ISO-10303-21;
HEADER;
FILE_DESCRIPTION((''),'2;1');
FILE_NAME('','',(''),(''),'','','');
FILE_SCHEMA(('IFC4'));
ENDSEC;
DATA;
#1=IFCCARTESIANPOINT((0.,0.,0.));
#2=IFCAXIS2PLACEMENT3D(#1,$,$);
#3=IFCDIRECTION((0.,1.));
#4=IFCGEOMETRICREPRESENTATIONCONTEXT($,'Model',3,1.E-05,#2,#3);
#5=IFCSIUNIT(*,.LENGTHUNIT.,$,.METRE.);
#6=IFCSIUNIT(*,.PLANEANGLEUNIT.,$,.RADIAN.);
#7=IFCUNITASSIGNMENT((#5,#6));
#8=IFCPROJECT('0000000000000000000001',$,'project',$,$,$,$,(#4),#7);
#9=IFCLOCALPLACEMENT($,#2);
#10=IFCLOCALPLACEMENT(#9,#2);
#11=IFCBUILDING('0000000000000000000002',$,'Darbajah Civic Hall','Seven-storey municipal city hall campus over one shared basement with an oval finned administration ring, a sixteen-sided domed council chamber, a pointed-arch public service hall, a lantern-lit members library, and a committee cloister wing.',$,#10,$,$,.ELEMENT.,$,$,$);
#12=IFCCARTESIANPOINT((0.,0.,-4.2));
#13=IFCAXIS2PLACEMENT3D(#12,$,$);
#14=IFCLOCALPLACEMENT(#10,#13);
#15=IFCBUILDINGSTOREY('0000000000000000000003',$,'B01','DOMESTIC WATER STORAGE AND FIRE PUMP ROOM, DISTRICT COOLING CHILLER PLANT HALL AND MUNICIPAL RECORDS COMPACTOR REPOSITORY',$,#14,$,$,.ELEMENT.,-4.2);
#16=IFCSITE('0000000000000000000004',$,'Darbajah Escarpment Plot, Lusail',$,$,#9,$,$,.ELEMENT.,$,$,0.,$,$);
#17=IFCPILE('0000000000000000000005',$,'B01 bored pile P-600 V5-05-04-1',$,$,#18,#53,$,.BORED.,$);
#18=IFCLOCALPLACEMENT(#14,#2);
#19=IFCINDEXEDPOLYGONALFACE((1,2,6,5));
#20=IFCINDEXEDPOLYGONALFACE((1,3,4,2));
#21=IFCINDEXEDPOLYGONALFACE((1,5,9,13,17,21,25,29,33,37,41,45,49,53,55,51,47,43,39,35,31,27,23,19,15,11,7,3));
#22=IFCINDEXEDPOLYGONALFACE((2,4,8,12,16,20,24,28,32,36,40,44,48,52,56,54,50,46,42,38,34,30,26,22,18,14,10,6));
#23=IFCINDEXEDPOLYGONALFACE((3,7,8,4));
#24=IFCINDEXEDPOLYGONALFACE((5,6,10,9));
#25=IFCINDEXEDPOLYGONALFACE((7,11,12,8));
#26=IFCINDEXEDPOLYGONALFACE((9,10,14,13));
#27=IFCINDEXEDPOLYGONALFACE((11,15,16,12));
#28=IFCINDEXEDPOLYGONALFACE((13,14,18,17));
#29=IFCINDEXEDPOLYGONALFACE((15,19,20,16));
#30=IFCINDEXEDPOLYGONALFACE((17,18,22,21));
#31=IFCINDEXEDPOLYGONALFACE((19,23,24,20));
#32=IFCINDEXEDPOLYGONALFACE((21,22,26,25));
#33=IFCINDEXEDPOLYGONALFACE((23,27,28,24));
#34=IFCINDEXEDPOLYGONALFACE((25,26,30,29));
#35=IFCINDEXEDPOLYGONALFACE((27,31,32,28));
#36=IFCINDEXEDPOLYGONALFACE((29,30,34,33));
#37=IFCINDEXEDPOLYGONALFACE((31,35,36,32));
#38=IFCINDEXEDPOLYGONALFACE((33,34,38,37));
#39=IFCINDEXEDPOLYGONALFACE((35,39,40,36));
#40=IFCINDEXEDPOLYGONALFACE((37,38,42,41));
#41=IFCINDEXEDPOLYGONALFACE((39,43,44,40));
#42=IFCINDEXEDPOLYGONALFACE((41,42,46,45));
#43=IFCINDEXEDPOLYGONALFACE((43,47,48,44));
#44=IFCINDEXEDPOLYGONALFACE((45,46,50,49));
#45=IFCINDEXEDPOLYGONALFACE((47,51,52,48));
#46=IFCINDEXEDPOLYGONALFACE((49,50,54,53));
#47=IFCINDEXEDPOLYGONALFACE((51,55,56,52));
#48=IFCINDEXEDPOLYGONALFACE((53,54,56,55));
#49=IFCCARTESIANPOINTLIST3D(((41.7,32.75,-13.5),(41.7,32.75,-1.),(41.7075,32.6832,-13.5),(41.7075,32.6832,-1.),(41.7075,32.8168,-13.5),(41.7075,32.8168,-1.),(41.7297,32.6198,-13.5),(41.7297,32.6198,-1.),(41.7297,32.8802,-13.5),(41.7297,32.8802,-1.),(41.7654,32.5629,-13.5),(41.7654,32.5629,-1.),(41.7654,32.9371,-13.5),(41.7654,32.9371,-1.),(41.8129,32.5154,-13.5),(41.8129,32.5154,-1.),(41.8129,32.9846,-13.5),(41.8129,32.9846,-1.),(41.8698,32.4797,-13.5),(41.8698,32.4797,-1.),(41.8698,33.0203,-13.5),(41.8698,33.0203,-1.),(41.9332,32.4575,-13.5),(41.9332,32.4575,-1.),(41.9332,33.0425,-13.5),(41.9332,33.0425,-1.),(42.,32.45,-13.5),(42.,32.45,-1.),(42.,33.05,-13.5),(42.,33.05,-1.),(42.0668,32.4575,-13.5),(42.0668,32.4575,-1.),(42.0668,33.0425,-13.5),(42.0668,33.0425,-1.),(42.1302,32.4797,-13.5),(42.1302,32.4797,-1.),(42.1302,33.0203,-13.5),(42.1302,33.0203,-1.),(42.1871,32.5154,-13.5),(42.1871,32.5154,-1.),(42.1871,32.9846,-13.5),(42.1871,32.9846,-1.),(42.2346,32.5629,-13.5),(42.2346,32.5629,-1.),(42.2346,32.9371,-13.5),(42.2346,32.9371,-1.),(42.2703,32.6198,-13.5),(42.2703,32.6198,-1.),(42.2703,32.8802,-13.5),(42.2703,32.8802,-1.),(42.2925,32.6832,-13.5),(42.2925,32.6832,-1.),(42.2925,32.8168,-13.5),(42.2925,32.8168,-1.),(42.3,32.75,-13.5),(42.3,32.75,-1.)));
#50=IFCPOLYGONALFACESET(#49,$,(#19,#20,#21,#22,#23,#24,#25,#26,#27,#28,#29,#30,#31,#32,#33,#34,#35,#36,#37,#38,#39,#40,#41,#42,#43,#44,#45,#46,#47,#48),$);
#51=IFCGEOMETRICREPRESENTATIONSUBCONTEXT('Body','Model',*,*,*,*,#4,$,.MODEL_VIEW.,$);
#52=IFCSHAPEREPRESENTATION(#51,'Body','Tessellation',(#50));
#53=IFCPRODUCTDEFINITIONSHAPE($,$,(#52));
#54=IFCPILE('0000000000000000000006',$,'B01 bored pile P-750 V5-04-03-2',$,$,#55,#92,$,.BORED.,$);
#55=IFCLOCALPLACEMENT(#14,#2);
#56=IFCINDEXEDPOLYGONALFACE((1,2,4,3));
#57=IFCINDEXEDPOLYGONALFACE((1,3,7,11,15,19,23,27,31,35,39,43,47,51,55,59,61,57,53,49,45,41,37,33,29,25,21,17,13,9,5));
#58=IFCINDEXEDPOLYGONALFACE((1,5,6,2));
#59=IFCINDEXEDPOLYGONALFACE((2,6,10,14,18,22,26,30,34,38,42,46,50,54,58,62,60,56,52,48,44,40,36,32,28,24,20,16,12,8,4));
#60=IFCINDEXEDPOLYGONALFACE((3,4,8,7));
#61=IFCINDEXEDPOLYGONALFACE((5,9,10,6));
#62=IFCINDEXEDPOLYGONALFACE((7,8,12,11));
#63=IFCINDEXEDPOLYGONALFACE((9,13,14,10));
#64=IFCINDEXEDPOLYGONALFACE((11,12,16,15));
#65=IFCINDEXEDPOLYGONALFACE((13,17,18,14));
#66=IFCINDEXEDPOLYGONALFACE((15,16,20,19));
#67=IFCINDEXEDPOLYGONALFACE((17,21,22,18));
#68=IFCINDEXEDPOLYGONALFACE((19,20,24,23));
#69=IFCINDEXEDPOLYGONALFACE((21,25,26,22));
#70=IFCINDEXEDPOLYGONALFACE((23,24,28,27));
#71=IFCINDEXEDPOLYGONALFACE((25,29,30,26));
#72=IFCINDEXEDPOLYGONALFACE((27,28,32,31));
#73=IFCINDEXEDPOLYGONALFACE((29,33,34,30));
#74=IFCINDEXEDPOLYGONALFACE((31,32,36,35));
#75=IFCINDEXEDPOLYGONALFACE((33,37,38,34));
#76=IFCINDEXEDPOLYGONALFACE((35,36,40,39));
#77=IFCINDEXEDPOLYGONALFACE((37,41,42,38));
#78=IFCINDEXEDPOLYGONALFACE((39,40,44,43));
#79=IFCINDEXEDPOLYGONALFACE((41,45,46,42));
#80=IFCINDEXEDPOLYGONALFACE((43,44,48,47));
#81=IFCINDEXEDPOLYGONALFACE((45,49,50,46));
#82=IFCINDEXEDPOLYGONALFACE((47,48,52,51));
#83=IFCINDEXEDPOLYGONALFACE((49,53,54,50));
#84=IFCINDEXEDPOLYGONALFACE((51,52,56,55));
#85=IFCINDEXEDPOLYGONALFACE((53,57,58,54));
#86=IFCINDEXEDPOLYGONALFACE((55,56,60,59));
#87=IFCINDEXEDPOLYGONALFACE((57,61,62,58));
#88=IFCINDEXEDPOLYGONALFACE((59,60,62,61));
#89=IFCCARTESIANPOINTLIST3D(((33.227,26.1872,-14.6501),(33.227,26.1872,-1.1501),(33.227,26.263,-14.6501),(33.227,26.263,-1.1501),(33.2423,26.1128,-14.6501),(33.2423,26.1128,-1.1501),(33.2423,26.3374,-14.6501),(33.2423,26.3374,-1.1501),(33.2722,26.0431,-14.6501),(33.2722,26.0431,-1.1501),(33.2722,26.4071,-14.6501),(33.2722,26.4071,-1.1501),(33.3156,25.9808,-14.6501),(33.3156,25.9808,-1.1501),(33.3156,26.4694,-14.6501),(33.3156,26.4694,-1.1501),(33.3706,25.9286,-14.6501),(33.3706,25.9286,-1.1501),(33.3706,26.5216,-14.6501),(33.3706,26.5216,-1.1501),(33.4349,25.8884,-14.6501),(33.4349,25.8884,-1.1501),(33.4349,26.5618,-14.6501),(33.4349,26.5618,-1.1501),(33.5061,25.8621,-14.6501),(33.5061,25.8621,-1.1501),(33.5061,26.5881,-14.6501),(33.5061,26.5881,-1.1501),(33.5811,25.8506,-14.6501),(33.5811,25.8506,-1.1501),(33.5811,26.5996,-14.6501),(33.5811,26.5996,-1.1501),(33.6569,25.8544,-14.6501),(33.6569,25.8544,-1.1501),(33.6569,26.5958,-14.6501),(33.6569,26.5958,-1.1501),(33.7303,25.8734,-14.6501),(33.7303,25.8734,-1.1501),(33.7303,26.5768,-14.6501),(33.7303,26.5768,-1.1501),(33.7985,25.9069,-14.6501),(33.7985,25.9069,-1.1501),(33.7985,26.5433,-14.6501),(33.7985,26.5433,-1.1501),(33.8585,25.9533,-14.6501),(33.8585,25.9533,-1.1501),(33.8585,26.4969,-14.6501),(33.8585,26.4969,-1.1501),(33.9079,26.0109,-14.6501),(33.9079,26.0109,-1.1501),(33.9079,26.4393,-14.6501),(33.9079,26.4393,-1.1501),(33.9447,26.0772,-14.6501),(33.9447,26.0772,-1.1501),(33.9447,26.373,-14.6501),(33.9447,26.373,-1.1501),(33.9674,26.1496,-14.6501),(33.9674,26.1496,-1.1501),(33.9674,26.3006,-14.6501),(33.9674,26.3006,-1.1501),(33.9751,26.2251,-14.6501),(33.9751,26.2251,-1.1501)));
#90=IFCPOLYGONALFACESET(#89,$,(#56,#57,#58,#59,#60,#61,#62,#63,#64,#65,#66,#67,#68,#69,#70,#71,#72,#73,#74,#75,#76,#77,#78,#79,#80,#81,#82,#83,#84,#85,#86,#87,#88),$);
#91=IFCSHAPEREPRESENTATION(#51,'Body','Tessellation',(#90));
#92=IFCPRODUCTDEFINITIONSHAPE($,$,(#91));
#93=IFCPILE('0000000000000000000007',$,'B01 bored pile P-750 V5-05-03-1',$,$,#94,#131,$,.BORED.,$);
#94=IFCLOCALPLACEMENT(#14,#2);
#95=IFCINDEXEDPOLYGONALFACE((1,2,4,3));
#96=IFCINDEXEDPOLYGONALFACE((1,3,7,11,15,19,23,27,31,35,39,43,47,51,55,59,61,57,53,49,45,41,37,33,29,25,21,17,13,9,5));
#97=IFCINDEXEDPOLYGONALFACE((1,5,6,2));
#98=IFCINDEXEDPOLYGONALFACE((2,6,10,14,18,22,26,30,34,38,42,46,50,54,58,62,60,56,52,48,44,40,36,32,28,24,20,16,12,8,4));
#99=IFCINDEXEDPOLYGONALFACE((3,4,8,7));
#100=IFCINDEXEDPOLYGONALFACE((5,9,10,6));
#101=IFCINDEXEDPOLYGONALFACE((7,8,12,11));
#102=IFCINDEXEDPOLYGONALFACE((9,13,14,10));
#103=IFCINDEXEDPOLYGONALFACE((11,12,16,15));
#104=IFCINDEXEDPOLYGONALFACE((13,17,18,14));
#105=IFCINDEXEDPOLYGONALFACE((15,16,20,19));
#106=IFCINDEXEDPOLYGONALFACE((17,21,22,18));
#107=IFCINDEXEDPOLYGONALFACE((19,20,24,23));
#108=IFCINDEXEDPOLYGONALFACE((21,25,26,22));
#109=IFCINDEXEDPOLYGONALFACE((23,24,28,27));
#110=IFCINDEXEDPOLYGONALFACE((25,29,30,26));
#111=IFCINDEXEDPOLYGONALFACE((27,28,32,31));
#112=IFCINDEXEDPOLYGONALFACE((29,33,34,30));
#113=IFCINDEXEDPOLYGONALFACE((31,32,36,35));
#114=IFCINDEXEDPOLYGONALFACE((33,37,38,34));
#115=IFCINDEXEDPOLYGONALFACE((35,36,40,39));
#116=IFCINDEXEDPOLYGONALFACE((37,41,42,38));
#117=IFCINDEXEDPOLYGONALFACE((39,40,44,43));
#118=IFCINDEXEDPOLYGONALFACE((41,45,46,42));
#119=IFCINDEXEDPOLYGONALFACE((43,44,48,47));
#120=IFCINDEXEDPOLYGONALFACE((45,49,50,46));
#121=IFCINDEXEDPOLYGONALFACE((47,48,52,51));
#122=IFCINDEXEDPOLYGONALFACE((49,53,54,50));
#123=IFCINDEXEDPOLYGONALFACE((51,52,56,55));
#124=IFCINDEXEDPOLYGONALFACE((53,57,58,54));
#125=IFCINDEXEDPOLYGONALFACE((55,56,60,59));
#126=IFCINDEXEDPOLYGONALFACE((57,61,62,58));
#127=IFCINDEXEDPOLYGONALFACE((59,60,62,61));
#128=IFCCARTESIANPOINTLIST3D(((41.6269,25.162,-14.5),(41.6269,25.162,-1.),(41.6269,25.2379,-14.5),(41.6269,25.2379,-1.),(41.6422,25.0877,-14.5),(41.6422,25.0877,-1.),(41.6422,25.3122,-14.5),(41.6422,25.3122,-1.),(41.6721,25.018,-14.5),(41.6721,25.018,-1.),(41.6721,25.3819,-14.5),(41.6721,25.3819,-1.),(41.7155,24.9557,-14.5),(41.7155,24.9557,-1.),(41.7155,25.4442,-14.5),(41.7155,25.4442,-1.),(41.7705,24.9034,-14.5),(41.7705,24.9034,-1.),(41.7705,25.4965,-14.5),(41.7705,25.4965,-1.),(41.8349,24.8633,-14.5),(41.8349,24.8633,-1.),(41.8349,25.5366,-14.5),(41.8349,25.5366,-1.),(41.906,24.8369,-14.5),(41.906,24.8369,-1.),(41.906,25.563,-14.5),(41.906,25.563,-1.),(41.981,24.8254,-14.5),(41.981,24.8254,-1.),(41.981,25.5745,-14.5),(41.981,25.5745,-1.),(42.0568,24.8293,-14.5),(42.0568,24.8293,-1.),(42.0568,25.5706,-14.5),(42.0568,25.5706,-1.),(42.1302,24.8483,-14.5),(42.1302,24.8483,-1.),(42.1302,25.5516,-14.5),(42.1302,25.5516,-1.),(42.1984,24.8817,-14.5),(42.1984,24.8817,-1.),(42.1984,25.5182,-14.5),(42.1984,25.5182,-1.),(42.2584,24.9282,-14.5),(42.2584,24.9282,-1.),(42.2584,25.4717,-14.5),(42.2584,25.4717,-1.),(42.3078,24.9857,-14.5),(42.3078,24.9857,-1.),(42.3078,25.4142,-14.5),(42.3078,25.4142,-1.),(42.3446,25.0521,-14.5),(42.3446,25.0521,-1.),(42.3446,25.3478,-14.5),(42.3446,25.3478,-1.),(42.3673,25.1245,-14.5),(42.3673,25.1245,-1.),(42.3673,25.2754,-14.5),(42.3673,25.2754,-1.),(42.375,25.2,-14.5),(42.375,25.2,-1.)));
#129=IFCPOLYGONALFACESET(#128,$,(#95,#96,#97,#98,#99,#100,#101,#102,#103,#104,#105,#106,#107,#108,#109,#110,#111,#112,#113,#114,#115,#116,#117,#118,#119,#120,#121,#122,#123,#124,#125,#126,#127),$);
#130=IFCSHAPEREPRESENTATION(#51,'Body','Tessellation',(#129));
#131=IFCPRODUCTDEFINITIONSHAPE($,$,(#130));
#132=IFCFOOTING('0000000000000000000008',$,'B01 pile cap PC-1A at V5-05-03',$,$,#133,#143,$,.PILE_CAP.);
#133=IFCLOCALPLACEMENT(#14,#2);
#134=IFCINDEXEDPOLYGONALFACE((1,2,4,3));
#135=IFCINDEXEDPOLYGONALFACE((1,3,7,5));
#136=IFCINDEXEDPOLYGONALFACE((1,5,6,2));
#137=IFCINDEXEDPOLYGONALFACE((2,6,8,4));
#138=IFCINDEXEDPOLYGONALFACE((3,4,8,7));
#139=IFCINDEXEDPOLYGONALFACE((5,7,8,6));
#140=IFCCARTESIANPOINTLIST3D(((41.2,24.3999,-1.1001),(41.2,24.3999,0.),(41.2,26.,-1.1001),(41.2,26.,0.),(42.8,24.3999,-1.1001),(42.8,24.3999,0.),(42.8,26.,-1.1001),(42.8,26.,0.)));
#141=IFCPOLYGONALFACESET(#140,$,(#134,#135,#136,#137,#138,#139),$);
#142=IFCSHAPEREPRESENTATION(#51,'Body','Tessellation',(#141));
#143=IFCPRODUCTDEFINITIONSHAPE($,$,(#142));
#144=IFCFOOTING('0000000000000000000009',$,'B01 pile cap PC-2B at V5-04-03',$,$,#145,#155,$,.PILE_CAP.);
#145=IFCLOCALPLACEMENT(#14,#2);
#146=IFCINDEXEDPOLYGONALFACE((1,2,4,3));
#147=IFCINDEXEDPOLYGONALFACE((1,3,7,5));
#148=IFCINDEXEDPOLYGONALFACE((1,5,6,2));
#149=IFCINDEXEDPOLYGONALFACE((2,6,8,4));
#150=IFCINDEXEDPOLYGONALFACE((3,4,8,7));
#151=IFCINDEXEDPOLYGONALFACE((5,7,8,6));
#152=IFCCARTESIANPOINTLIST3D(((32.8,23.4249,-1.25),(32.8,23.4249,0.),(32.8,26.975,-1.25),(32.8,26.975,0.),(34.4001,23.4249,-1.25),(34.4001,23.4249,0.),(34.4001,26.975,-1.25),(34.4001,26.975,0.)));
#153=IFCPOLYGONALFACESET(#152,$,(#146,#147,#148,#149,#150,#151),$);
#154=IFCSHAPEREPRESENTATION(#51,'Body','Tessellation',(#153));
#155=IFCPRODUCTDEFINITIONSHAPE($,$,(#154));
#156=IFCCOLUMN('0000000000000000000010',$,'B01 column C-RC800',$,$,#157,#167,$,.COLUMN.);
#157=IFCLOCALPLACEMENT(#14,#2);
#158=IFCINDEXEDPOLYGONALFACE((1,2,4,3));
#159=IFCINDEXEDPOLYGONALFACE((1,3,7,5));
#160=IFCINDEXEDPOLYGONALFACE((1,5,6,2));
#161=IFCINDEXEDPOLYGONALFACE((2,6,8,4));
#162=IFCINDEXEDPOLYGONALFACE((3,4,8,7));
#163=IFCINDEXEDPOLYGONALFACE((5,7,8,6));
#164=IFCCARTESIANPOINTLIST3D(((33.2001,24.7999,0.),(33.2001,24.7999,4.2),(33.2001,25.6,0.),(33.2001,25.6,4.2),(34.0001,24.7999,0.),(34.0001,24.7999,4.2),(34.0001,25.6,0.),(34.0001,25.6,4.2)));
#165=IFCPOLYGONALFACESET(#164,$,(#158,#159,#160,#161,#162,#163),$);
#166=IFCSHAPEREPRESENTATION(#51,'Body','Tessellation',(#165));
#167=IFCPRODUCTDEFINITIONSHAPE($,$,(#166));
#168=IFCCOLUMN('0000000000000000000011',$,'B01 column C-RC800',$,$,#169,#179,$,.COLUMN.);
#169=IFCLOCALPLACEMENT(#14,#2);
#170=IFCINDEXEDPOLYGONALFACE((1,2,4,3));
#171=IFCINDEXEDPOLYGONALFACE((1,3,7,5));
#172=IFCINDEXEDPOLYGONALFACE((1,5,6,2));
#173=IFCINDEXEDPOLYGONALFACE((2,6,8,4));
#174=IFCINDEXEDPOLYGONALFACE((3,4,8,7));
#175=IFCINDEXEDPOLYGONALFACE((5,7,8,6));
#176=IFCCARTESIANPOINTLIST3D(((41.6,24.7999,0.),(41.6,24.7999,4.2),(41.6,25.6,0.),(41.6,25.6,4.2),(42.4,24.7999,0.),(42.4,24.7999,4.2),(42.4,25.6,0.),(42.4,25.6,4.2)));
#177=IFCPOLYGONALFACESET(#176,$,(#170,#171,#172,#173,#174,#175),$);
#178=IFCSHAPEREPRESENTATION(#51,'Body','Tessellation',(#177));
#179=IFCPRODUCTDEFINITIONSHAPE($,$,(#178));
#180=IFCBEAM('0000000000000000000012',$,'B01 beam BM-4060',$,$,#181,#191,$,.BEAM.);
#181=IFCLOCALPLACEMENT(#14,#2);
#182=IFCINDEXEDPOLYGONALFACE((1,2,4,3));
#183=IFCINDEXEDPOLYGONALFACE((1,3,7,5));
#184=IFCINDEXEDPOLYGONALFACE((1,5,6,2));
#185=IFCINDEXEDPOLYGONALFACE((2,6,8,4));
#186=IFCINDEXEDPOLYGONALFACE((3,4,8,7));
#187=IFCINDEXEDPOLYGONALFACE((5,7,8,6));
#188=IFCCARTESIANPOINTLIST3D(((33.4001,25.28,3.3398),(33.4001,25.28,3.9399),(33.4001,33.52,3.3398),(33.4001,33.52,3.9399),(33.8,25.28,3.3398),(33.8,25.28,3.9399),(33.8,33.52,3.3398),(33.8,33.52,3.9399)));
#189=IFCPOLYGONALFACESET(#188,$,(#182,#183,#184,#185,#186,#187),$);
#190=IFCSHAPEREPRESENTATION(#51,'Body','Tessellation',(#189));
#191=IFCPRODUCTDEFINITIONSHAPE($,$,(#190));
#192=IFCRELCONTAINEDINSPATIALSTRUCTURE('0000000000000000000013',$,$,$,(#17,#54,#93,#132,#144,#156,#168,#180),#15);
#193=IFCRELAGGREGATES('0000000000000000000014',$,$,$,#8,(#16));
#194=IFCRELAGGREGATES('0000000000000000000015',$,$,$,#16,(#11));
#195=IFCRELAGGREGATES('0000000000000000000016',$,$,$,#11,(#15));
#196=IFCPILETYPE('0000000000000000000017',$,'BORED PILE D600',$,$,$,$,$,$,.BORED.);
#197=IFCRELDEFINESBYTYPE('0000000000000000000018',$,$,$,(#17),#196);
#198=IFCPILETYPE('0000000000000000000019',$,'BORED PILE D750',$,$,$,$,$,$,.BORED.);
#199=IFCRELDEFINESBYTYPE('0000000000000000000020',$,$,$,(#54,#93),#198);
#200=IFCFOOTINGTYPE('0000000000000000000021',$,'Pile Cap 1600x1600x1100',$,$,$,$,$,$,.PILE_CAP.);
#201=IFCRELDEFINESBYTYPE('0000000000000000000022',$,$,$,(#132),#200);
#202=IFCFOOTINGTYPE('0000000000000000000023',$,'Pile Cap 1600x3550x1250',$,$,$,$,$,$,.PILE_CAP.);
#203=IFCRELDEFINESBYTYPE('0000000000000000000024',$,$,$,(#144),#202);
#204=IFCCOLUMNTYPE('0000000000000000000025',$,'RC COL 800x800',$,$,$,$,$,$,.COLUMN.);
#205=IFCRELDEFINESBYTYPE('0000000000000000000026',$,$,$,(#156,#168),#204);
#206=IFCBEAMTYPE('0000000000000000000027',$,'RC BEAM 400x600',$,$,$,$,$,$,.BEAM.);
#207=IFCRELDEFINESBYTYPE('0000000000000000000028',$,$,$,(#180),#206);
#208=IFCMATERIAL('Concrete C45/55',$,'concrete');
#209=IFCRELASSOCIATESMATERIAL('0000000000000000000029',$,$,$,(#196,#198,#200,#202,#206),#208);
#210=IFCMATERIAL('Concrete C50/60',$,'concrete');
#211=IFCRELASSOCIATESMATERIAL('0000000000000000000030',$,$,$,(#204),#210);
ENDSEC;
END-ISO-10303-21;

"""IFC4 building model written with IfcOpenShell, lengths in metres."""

from ifc_helpers import new_model, si_unit, direction, frame, origin, origin_2d, place, context, subcontext, project, spatial, rectangle, circle, extrude, material, material_profile, profile_set, type_object, element, save


model = new_model("IFC4")

# Units and contexts
model_context = context("Model", 3, precision=1e-05, world=origin(), true_north=direction((0.0, 1.0)))
body_context = subcontext(model_context, "Body", "Model", "MODEL_VIEW")
ifc_project = project(units=[si_unit("LENGTHUNIT", "METRE"), si_unit("PLANEANGLEUNIT", "RADIAN")], contexts=[model_context])

# Site, building, storey
site_placement = place(None, origin())
site = spatial("IfcSite", under=ifc_project, at=site_placement, Name="Darbajah Escarpment Plot, Lusail", CompositionType="ELEMENT", RefElevation=0.0)
building_placement = place(site_placement, origin())
building = spatial("IfcBuilding", under=site, at=building_placement, Name="Darbajah Civic Hall", Description="Seven-storey municipal city hall campus over one shared basement with an oval finned administration ring, a sixteen-sided domed council chamber, a pointed-arch public service hall, a lantern-lit members library, and a committee cloister wing.", CompositionType="ELEMENT")
storey_placement = place(building_placement, frame((0.0, 0.0, -4.2)))
storey = spatial("IfcBuildingStorey", under=building, at=storey_placement, Name="B01", Description="DOMESTIC WATER STORAGE AND FIRE PUMP ROOM, DISTRICT COOLING CHILLER PLANT HALL AND MUNICIPAL RECORDS COMPACTOR REPOSITORY", CompositionType="ELEMENT", Elevation=-4.2)

# Piles
ifc_material_1 = material(Name="Concrete C45/55", Category="concrete")
ifc_material_profile_1 = material_profile(ifc_material_1, circle(Radius=0.3, at=origin_2d()), Name="BORED PILE D600")
ifc_profile_set_1 = profile_set([ifc_material_profile_1], Name="Concrete C45/55")
pile_type_1 = type_object("IfcPileType", Name="BORED PILE D600", PredefinedType="BORED", material=ifc_profile_set_1)
pile_placement = place(storey_placement, frame((42.0, 32.75, -1.0), z_axis=(0.0, 0.0, -1.0), x_axis=(1.0, 0.0, 0.0)))
element("IfcPile", 1, at=pile_placement, inside=storey, type_object=pile_type_1, Name="B01 bored pile P-600 V5-05-04-1", PredefinedType="BORED", context=body_context, shape_type="SweptSolid", body=[
    extrude(circle(Radius=0.3, at=origin_2d()), origin(), (0.0, 0.0, 1.0), 12.5),
])
ifc_material_profile_2 = material_profile(ifc_material_1, circle(Radius=0.375, at=origin_2d()), Name="BORED PILE D750")
ifc_profile_set_2 = profile_set([ifc_material_profile_2], Name="Concrete C45/55")
pile_type_2 = type_object("IfcPileType", Name="BORED PILE D750", PredefinedType="BORED", material=ifc_profile_set_2)
for number, where, z_axis, x_axis, name in (
    (2, (33.6001, 26.2251, -1.1501), (0.0, 0.0, -1.0), (1.0, 0.0, 0.0), "B01 bored pile P-750 V5-04-03-2"),
    (3, (42.0, 25.2, -1.0), (0.0, 0.0, -1.0), (1.0, 0.0, 0.0), "B01 bored pile P-750 V5-05-03-1"),
):
    element("IfcPile", number, at=place(storey_placement, frame(where, z_axis=z_axis, x_axis=x_axis)), inside=storey, type_object=pile_type_2, Name=name, PredefinedType="BORED", context=body_context, shape_type="SweptSolid", body=[
        extrude(circle(Radius=0.375, at=origin_2d()), origin(), (0.0, 0.0, 1.0), 13.5),
    ])

# Footings
footing_type_1 = type_object("IfcFootingType", Name="Pile Cap 1600x1600x1100", PredefinedType="PILE_CAP", material=ifc_material_1)
footing_1_placement = place(storey_placement, frame((42.0, 25.2, -1.1001), z_axis=(0.0, 0.0, 1.0), x_axis=(1.0, 0.0, 0.0)))
element("IfcFooting", 4, at=footing_1_placement, inside=storey, type_object=footing_type_1, Name="B01 pile cap PC-1A at V5-05-03", PredefinedType="PILE_CAP", context=body_context, shape_type="SweptSolid", body=[
    extrude(rectangle(XDim=1.6001, YDim=1.6001, at=origin_2d()), origin(), (0.0, 0.0, 1.0), 1.1001),
])
footing_type_2 = type_object("IfcFootingType", Name="Pile Cap 1600x3550x1250", PredefinedType="PILE_CAP", material=ifc_material_1)
footing_2_placement = place(storey_placement, frame((33.6001, 25.2, -1.25), z_axis=(0.0, 0.0, 1.0), x_axis=(1.0, 0.0, 0.0)))
element("IfcFooting", 5, at=footing_2_placement, inside=storey, type_object=footing_type_2, Name="B01 pile cap PC-2B at V5-04-03", PredefinedType="PILE_CAP", context=body_context, shape_type="SweptSolid", body=[
    extrude(rectangle(XDim=1.6001, YDim=3.55, at=origin_2d()), origin(), (0.0, 0.0, 1.0), 1.25),
])

# Columns
ifc_material_2 = material(Name="Concrete C50/60", Category="concrete")
ifc_material_profile_3 = material_profile(ifc_material_2, rectangle(XDim=0.8, YDim=0.8, at=origin_2d()), Name="RC COL 800x800")
ifc_profile_set_3 = profile_set([ifc_material_profile_3], Name="Concrete C50/60")
column_type = type_object("IfcColumnType", Name="RC COL 800x800", PredefinedType="COLUMN", material=ifc_profile_set_3)
for number, where, z_axis, x_axis, name in (
    (6, (33.6001, 25.2, 0.0), (0.0, 0.0, 1.0), (1.0, 0.0, 0.0), "B01 column C-RC800"),
    (7, (42.0, 25.2, 0.0), (0.0, 0.0, 1.0), (1.0, 0.0, 0.0), "B01 column C-RC800"),
):
    element("IfcColumn", number, at=place(storey_placement, frame(where, z_axis=z_axis, x_axis=x_axis)), inside=storey, type_object=column_type, Name=name, PredefinedType="COLUMN", context=body_context, shape_type="SweptSolid", body=[
        extrude(rectangle(XDim=0.8, YDim=0.8, at=origin_2d()), origin(), (0.0, 0.0, 1.0), 4.2),
    ])

# Beam
ifc_material_profile_4 = material_profile(ifc_material_1, rectangle(XDim=0.3999, YDim=0.6001, at=origin_2d()), Name="RC BEAM 400x600")
ifc_profile_set_4 = profile_set([ifc_material_profile_4], Name="Concrete C45/55")
beam_type_1 = type_object("IfcBeamType", Name="RC BEAM 400x600", PredefinedType="BEAM", material=ifc_profile_set_4)
beam_1_placement = place(storey_placement, frame((33.6001, 25.28, 3.6399), z_axis=(0.0, 1.0, 0.0), x_axis=(-1.0, 0.0, 0.0)))
element("IfcBeam", 8, at=beam_1_placement, inside=storey, type_object=beam_type_1, Name="B01 beam BM-4060", PredefinedType="BEAM", context=body_context, shape_type="SweptSolid", body=[
    extrude(rectangle(XDim=0.3999, YDim=0.6001, at=origin_2d()), origin(), (0.0, 0.0, 1.0), 8.24),
])

save(model, "model.ifc")
